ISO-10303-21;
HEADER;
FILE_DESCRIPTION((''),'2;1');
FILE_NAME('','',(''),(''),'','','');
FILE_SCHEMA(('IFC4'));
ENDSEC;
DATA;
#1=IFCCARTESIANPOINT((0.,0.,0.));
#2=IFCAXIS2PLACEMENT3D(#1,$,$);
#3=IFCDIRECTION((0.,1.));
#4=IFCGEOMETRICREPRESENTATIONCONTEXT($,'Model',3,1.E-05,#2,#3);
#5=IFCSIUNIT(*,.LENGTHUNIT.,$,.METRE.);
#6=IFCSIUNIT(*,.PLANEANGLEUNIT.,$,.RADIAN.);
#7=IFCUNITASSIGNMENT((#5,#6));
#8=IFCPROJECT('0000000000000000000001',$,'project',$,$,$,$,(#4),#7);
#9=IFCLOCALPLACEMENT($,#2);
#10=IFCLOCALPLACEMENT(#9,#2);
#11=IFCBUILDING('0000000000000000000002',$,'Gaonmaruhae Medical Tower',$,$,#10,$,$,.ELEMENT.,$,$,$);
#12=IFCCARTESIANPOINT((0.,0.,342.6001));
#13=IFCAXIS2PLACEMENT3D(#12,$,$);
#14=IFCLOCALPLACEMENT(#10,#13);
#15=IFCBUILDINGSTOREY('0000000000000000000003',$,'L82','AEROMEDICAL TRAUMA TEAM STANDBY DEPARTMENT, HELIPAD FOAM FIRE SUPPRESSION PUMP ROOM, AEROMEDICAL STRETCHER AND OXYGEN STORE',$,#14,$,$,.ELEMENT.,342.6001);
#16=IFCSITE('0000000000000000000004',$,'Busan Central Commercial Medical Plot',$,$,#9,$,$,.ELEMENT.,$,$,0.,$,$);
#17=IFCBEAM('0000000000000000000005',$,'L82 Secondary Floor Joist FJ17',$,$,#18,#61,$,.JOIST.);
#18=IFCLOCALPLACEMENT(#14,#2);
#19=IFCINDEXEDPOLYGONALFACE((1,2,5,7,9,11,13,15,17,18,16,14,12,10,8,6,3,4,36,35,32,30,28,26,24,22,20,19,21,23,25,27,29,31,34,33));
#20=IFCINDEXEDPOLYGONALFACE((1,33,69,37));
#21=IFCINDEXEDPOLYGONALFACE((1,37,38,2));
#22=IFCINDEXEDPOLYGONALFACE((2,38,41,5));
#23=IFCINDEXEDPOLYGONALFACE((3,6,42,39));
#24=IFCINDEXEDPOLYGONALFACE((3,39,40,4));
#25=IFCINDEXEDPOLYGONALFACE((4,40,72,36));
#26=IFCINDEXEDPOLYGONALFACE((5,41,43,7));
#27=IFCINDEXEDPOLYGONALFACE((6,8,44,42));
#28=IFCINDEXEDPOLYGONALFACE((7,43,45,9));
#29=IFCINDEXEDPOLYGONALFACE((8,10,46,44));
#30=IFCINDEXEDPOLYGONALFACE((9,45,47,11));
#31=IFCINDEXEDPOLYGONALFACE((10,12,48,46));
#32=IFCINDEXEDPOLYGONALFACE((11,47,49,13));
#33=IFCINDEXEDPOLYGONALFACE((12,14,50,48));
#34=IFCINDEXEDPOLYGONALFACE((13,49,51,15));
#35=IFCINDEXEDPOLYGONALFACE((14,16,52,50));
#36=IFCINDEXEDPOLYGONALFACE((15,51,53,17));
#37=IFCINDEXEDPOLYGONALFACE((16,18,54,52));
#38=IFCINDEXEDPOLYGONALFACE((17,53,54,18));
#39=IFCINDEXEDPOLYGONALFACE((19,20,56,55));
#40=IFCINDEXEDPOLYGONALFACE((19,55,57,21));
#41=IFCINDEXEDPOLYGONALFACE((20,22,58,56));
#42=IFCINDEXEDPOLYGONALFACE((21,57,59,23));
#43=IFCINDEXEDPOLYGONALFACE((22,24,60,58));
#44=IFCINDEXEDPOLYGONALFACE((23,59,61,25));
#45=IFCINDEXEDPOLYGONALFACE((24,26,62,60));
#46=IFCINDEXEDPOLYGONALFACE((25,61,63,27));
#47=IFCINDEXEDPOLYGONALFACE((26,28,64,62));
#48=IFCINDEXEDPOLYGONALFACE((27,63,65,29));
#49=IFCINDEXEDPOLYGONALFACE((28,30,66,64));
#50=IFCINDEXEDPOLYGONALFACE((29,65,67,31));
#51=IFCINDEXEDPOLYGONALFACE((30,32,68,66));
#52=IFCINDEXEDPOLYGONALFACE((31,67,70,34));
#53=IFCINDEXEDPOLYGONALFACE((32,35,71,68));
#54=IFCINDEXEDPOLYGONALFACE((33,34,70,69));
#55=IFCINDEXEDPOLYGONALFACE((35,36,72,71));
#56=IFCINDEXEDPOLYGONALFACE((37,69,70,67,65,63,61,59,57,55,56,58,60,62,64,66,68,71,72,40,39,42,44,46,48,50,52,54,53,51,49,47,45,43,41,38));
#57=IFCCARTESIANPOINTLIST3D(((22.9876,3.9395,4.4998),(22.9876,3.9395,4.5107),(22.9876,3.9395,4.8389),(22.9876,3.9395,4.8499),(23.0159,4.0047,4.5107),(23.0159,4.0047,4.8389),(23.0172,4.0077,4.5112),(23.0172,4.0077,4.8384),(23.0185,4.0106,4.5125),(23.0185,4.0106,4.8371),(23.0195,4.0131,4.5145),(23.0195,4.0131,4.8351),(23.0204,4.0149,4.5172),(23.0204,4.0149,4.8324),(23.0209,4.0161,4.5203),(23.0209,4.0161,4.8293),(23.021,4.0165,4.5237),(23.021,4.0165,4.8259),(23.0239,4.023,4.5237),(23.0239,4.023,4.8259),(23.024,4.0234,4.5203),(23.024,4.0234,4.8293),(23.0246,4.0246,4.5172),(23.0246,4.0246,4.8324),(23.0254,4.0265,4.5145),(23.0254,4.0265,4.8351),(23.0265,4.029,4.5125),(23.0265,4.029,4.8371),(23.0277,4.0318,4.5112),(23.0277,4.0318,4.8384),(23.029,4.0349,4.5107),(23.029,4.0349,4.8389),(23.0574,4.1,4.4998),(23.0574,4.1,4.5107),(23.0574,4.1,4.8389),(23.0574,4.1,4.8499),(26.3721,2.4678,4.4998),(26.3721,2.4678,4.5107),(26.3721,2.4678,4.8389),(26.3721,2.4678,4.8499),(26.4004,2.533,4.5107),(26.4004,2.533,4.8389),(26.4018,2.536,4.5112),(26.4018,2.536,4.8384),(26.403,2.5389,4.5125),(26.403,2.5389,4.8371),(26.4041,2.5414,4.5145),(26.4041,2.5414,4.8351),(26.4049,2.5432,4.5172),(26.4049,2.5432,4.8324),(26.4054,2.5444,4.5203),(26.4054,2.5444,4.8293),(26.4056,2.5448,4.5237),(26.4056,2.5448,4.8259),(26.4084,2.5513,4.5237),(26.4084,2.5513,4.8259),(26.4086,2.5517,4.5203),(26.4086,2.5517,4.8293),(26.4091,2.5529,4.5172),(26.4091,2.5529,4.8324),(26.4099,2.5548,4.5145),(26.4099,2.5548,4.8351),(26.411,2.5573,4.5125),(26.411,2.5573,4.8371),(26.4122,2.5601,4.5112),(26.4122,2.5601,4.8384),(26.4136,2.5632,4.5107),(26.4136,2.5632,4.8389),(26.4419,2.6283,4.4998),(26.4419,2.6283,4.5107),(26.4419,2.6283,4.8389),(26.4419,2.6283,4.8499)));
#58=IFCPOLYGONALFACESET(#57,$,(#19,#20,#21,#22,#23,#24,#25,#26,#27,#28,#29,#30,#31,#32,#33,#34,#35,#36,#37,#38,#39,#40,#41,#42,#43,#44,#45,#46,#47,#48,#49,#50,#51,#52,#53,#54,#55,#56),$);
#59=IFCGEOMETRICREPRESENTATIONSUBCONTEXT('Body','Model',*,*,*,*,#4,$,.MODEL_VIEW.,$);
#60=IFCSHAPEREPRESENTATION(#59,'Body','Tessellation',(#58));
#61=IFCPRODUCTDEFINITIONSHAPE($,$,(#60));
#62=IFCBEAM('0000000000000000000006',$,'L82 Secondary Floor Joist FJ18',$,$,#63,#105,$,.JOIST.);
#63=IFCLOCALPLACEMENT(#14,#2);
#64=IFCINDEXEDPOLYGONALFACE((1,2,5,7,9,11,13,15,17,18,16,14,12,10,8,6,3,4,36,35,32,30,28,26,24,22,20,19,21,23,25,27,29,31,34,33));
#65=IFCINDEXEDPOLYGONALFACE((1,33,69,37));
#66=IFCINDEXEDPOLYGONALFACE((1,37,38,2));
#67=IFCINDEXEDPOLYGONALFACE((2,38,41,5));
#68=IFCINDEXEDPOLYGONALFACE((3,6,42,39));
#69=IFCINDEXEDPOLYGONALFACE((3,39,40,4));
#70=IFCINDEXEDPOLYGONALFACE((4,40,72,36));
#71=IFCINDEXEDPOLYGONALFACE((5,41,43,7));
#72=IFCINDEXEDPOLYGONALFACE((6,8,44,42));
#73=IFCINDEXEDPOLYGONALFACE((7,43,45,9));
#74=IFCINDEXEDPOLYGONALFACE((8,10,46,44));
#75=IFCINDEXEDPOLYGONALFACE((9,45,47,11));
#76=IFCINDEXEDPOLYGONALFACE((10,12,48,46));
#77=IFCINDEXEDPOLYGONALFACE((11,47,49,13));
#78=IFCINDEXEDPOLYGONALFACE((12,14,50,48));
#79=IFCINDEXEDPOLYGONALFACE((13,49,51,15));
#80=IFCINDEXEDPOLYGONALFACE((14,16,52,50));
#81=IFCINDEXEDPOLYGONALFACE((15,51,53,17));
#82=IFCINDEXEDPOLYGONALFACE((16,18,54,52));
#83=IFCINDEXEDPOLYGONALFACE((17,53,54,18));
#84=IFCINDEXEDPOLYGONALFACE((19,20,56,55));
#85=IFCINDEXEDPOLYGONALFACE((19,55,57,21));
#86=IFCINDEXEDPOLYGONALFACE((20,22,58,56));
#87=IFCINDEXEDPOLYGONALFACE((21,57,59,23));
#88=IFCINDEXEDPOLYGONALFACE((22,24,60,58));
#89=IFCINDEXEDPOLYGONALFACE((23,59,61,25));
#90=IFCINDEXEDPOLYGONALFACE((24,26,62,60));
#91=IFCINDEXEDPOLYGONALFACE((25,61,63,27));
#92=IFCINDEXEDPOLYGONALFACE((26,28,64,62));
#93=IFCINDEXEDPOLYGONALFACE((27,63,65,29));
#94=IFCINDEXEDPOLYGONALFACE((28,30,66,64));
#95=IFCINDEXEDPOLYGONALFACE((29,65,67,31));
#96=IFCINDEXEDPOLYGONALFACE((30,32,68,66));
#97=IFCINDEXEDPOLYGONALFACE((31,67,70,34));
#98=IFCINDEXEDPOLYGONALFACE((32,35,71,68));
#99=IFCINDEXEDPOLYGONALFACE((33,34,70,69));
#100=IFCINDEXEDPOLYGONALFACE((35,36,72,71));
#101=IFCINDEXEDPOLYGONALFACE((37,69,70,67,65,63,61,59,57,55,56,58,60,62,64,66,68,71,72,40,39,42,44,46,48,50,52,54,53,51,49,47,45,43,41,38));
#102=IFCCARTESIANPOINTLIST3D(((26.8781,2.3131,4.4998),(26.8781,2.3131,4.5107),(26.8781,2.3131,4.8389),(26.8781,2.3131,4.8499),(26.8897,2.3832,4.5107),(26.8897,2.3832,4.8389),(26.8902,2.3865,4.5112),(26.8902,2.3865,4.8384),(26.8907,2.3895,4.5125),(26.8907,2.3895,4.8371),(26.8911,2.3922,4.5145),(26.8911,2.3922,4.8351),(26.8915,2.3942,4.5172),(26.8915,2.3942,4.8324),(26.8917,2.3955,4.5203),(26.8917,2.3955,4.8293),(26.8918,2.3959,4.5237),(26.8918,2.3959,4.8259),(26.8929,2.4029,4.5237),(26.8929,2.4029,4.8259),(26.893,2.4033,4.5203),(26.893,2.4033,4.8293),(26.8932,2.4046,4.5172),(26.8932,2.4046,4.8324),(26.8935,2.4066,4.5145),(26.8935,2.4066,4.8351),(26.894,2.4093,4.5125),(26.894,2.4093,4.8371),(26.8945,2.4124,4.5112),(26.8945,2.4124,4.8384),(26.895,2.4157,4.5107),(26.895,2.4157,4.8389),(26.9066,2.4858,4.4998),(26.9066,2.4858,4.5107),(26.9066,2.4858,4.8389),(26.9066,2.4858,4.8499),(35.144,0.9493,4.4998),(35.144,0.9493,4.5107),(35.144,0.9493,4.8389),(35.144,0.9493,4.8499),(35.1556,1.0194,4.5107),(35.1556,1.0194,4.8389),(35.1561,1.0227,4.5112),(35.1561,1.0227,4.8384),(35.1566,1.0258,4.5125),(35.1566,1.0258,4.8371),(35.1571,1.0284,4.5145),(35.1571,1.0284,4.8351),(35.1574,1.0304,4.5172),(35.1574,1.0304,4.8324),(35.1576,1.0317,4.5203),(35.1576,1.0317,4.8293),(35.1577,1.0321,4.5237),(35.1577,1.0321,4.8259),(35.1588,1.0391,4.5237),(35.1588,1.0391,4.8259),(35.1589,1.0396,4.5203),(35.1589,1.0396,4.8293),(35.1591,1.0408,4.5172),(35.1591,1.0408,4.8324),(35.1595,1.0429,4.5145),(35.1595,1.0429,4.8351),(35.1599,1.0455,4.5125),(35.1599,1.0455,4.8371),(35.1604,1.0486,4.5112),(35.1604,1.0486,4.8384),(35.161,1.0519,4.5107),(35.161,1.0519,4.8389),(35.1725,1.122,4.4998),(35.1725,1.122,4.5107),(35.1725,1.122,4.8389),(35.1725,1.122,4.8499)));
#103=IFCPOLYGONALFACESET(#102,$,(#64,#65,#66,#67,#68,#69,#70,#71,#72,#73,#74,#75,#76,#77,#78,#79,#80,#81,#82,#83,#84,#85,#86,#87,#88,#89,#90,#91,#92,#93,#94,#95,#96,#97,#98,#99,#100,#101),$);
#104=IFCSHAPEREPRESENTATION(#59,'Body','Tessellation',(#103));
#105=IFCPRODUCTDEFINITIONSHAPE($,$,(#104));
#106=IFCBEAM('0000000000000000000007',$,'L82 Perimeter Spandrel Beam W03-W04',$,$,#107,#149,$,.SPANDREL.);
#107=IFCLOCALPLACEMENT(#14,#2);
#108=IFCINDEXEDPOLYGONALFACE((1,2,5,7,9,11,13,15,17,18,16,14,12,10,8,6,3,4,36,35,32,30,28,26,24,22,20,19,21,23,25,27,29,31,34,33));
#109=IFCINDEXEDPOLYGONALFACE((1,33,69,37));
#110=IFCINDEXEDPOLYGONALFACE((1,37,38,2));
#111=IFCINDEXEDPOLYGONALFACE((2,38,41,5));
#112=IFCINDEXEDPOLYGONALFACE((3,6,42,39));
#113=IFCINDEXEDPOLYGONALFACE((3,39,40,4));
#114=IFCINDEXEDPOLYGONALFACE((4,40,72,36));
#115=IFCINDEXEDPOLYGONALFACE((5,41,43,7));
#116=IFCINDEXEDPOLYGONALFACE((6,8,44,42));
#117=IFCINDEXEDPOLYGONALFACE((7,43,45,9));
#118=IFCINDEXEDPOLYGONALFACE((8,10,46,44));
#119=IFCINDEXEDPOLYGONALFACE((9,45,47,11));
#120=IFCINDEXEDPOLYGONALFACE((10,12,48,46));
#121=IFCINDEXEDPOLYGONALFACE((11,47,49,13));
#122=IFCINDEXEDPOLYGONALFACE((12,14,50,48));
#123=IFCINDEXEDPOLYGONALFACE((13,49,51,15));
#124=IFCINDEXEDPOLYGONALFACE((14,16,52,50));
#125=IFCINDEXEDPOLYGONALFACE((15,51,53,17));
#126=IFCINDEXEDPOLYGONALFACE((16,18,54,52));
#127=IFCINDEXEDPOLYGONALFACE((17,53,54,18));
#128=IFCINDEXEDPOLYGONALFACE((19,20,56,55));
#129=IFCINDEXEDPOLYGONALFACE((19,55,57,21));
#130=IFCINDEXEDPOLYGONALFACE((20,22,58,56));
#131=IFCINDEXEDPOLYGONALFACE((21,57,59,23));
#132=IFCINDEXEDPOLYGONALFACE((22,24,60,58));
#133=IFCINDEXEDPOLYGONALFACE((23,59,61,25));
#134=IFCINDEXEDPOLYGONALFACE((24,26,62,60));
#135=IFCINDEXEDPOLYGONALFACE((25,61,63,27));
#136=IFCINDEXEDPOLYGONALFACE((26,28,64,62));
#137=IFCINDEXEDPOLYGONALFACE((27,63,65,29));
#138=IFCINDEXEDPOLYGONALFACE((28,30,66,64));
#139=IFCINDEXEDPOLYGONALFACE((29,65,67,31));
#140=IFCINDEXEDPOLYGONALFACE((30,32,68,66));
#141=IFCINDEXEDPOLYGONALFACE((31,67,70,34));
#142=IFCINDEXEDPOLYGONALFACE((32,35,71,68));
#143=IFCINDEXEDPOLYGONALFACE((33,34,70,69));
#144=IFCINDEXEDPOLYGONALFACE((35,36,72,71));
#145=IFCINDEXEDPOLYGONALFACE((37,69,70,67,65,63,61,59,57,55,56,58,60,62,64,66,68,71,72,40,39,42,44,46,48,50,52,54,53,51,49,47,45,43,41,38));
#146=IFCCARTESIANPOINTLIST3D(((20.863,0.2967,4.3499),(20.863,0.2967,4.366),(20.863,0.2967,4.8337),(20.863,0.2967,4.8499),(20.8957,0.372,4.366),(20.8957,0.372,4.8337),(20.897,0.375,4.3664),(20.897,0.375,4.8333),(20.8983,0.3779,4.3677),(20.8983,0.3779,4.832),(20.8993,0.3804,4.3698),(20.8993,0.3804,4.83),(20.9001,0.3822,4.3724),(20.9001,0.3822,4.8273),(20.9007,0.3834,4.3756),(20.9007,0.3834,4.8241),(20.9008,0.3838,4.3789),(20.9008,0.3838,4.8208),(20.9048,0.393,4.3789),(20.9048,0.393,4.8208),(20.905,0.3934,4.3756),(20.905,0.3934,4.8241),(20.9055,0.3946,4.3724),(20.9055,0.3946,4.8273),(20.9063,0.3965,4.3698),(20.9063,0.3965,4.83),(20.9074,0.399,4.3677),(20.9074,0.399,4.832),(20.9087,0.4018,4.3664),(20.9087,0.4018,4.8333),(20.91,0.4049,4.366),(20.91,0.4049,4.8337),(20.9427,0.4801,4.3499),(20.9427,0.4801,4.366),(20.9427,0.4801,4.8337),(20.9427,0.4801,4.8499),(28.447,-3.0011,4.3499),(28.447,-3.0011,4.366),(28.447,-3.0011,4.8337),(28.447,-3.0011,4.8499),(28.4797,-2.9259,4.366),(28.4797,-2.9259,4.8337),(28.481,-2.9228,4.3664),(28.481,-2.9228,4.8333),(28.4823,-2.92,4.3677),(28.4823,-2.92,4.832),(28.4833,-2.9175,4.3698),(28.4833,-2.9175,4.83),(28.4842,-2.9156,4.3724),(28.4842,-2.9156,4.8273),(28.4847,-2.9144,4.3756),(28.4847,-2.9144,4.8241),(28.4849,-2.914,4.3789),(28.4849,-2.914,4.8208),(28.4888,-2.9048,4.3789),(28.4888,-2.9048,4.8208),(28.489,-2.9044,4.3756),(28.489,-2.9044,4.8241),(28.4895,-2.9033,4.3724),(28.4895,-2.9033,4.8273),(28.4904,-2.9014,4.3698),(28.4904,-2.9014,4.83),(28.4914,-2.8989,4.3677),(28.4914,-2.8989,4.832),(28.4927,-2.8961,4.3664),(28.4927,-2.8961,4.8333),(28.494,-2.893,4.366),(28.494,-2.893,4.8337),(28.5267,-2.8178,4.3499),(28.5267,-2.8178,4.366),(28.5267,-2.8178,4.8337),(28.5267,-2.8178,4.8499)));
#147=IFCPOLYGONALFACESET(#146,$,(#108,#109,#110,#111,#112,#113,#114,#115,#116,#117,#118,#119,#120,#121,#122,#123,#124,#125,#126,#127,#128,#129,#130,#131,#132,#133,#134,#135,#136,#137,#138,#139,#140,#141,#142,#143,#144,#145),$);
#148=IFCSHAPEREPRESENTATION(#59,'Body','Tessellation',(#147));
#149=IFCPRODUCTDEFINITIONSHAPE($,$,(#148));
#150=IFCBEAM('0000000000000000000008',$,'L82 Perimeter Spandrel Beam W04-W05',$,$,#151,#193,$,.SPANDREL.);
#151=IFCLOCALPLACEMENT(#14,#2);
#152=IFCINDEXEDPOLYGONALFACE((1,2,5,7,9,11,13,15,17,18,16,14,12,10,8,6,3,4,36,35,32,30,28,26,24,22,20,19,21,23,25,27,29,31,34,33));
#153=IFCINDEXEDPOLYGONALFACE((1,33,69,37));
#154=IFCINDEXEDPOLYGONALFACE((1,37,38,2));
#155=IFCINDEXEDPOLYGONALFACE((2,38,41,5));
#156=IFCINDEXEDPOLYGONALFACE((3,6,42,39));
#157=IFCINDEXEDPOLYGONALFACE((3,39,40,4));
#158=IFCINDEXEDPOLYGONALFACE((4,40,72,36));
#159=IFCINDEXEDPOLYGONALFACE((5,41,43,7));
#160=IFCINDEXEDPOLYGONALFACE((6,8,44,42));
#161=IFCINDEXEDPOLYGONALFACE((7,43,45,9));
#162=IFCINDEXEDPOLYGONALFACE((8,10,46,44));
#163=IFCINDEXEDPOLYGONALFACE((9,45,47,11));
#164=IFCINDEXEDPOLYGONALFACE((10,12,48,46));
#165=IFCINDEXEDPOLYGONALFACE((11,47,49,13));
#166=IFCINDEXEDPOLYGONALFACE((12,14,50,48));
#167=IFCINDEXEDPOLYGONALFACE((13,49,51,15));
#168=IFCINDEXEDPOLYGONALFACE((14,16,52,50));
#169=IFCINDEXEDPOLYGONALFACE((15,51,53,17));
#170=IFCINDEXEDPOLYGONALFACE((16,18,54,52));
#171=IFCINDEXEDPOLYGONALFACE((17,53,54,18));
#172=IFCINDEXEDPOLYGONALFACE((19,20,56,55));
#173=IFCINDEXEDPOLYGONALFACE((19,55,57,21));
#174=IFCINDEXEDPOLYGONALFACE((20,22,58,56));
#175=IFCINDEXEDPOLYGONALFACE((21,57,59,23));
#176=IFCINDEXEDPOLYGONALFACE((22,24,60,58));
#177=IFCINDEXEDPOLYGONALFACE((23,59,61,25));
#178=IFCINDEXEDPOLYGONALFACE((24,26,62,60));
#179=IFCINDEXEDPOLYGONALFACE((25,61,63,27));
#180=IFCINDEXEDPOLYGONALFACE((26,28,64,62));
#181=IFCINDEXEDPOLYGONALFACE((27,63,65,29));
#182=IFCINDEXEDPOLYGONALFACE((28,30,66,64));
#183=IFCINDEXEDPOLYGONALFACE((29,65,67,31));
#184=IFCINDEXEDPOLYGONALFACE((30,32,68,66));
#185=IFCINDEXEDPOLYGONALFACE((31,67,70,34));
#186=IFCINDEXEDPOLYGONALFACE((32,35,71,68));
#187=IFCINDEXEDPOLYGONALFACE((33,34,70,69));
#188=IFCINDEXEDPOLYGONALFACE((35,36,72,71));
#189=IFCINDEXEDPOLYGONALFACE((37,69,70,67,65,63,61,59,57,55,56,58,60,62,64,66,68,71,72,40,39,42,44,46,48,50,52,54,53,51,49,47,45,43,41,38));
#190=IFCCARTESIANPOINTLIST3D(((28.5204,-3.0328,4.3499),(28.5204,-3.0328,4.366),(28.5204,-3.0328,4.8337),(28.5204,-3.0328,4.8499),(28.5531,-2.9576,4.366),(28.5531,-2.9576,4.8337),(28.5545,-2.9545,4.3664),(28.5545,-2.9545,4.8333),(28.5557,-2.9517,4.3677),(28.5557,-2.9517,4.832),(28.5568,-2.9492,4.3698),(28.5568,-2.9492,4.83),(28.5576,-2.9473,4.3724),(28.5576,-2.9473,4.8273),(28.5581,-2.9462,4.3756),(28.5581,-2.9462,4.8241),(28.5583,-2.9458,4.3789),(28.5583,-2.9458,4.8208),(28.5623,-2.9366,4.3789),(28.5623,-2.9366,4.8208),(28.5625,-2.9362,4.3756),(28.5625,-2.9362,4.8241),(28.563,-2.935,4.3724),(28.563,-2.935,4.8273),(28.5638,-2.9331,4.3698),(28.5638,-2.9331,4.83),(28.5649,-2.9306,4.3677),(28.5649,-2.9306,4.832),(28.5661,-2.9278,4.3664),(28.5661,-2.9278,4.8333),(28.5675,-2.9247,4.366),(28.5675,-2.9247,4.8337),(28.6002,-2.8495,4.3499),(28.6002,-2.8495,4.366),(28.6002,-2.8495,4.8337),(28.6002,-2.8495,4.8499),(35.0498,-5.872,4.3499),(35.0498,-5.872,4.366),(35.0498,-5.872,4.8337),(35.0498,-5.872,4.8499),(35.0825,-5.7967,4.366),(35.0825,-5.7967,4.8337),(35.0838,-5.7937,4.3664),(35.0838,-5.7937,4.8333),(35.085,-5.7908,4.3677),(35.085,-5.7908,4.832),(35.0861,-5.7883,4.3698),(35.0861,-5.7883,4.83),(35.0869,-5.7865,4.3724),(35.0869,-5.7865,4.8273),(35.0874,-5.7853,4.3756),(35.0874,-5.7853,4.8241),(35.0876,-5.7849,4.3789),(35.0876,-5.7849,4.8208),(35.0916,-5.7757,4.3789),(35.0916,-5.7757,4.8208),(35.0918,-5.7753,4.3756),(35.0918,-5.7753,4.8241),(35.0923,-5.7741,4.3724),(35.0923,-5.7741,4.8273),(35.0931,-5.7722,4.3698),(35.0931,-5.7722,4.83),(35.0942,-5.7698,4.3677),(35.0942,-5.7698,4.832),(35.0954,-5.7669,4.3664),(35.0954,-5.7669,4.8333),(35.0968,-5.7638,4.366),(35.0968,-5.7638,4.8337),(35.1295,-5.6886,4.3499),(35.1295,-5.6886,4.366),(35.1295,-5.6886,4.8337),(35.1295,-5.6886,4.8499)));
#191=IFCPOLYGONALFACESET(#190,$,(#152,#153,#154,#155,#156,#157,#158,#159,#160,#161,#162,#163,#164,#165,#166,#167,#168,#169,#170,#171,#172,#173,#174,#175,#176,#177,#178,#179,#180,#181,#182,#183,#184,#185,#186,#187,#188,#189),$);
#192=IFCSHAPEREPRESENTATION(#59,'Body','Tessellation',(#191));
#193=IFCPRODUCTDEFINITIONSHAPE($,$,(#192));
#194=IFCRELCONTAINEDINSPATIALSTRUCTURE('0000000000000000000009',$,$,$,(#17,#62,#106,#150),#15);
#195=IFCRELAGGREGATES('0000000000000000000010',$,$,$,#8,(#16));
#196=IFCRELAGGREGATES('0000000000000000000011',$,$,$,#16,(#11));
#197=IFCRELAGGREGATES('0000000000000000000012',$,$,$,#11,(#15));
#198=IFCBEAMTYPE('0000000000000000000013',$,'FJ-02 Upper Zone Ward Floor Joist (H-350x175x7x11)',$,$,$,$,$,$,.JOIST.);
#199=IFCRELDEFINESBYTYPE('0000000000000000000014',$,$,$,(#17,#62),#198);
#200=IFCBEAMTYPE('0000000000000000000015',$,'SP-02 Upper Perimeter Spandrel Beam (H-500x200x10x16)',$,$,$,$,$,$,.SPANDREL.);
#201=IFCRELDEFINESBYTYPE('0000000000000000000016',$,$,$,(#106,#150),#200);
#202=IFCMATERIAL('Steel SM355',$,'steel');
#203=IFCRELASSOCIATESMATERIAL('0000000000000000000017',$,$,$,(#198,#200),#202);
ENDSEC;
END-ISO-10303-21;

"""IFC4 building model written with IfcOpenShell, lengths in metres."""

from ifc_helpers import new_model, si_unit, direction, frame, origin, origin_2d, place, context, subcontext, project, spatial, i_section, extrude, material, material_profile, profile_set, type_object, element, save


model = new_model("IFC4")

# Units and contexts
model_context = context("Model", 3, precision=1e-05, world=origin(), true_north=direction((0.0, 1.0)))
body_context = subcontext(model_context, "Body", "Model", "MODEL_VIEW")
ifc_project = project(units=[si_unit("LENGTHUNIT", "METRE"), si_unit("PLANEANGLEUNIT", "RADIAN")], contexts=[model_context])

# Site, building, storey
site_placement = place(None, origin())
site = spatial("IfcSite", under=ifc_project, at=site_placement, Name="Busan Central Commercial Medical Plot", CompositionType="ELEMENT", RefElevation=0.0)
building_placement = place(site_placement, origin())
building = spatial("IfcBuilding", under=site, at=building_placement, Name="Gaonmaruhae Medical Tower", CompositionType="ELEMENT")
storey_placement = place(building_placement, frame((0.0, 0.0, 342.6001)))
storey = spatial("IfcBuildingStorey", under=building, at=storey_placement, Name="L82", Description="AEROMEDICAL TRAUMA TEAM STANDBY DEPARTMENT, HELIPAD FOAM FIRE SUPPRESSION PUMP ROOM, AEROMEDICAL STRETCHER AND OXYGEN STORE", CompositionType="ELEMENT", Elevation=342.6001)

# Beams
ifc_material_1 = material(Name="Steel SM355", Category="steel")
ifc_material_profile_1 = material_profile(ifc_material_1, i_section(OverallWidth=0.175, OverallDepth=0.3501, WebThickness=0.0071, FlangeThickness=0.011, FilletRadius=0.0129, at=origin_2d()), Name="H-350x175x7x11")
ifc_profile_set_1 = profile_set([ifc_material_profile_1], Name="Steel SM355")
beam_type_1 = type_object("IfcBeamType", Name="FJ-02 Upper Zone Ward Floor Joist (H-350x175x7x11)", PredefinedType="JOIST", material=ifc_profile_set_1)
beam_1_placement = place(storey_placement, frame((23.0225, 4.0198, 4.6748), z_axis=(0.917055, -0.39876, 0.0), x_axis=(0.39876, 0.917055, 0.0)))
element("IfcBeam", 1, at=beam_1_placement, inside=storey, type_object=beam_type_1, Name="L82 Secondary Floor Joist FJ17", PredefinedType="JOIST", context=body_context, shape_type="SweptSolid", body=[
    extrude(i_section(OverallWidth=0.175, OverallDepth=0.3501, WebThickness=0.0071, FlangeThickness=0.011, FilletRadius=0.0129, at=origin_2d()), origin(), (0.0, 0.0, 1.0), 3.6907),
])
beam_2_placement = place(storey_placement, frame((26.8923, 2.3994, 4.6748), z_axis=(0.986661, -0.162787, 0.0), x_axis=(0.162787, 0.986661, 0.0)))
element("IfcBeam", 2, at=beam_2_placement, inside=storey, type_object=beam_type_1, Name="L82 Secondary Floor Joist FJ18", PredefinedType="JOIST", context=body_context, shape_type="SweptSolid", body=[
    extrude(i_section(OverallWidth=0.175, OverallDepth=0.3501, WebThickness=0.0071, FlangeThickness=0.011, FilletRadius=0.0129, at=origin_2d()), origin(), (0.0, 0.0, 1.0), 8.3777),
])
ifc_material_profile_2 = material_profile(ifc_material_1, i_section(OverallWidth=0.2, OverallDepth=0.5, WebThickness=0.01, FlangeThickness=0.0161, FilletRadius=0.0129, at=origin_2d()), Name="H-500x200x10x16")
ifc_profile_set_2 = profile_set([ifc_material_profile_2], Name="Steel SM355")
beam_type_2 = type_object("IfcBeamType", Name="SP-02 Upper Perimeter Spandrel Beam (H-500x200x10x16)", PredefinedType="SPANDREL", material=ifc_profile_set_2)
beam_3_placement = place(storey_placement, frame((20.9028, 0.3884, 4.5999), z_axis=(0.917049, -0.398774, 0.0), x_axis=(0.398774, 0.917049, 0.0)))
element("IfcBeam", 3, at=beam_3_placement, inside=storey, type_object=beam_type_2, Name="L82 Perimeter Spandrel Beam W03-W04", PredefinedType="SPANDREL", context=body_context, shape_type="SweptSolid", body=[
    extrude(i_section(OverallWidth=0.2, OverallDepth=0.5, WebThickness=0.01, FlangeThickness=0.0161, FilletRadius=0.0129, at=origin_2d()), origin(), (0.0, 0.0, 1.0), 8.27),
])
beam_4_placement = place(storey_placement, frame((28.5603, -2.9412, 4.5999), z_axis=(0.917055, -0.39876, 0.0), x_axis=(0.39876, 0.917055, 0.0)))
element("IfcBeam", 4, at=beam_4_placement, inside=storey, type_object=beam_type_2, Name="L82 Perimeter Spandrel Beam W04-W05", PredefinedType="SPANDREL", context=body_context, shape_type="SweptSolid", body=[
    extrude(i_section(OverallWidth=0.2, OverallDepth=0.5, WebThickness=0.01, FlangeThickness=0.0161, FilletRadius=0.0129, at=origin_2d()), origin(), (0.0, 0.0, 1.0), 7.1199),
])

save(model, "model.ifc")
